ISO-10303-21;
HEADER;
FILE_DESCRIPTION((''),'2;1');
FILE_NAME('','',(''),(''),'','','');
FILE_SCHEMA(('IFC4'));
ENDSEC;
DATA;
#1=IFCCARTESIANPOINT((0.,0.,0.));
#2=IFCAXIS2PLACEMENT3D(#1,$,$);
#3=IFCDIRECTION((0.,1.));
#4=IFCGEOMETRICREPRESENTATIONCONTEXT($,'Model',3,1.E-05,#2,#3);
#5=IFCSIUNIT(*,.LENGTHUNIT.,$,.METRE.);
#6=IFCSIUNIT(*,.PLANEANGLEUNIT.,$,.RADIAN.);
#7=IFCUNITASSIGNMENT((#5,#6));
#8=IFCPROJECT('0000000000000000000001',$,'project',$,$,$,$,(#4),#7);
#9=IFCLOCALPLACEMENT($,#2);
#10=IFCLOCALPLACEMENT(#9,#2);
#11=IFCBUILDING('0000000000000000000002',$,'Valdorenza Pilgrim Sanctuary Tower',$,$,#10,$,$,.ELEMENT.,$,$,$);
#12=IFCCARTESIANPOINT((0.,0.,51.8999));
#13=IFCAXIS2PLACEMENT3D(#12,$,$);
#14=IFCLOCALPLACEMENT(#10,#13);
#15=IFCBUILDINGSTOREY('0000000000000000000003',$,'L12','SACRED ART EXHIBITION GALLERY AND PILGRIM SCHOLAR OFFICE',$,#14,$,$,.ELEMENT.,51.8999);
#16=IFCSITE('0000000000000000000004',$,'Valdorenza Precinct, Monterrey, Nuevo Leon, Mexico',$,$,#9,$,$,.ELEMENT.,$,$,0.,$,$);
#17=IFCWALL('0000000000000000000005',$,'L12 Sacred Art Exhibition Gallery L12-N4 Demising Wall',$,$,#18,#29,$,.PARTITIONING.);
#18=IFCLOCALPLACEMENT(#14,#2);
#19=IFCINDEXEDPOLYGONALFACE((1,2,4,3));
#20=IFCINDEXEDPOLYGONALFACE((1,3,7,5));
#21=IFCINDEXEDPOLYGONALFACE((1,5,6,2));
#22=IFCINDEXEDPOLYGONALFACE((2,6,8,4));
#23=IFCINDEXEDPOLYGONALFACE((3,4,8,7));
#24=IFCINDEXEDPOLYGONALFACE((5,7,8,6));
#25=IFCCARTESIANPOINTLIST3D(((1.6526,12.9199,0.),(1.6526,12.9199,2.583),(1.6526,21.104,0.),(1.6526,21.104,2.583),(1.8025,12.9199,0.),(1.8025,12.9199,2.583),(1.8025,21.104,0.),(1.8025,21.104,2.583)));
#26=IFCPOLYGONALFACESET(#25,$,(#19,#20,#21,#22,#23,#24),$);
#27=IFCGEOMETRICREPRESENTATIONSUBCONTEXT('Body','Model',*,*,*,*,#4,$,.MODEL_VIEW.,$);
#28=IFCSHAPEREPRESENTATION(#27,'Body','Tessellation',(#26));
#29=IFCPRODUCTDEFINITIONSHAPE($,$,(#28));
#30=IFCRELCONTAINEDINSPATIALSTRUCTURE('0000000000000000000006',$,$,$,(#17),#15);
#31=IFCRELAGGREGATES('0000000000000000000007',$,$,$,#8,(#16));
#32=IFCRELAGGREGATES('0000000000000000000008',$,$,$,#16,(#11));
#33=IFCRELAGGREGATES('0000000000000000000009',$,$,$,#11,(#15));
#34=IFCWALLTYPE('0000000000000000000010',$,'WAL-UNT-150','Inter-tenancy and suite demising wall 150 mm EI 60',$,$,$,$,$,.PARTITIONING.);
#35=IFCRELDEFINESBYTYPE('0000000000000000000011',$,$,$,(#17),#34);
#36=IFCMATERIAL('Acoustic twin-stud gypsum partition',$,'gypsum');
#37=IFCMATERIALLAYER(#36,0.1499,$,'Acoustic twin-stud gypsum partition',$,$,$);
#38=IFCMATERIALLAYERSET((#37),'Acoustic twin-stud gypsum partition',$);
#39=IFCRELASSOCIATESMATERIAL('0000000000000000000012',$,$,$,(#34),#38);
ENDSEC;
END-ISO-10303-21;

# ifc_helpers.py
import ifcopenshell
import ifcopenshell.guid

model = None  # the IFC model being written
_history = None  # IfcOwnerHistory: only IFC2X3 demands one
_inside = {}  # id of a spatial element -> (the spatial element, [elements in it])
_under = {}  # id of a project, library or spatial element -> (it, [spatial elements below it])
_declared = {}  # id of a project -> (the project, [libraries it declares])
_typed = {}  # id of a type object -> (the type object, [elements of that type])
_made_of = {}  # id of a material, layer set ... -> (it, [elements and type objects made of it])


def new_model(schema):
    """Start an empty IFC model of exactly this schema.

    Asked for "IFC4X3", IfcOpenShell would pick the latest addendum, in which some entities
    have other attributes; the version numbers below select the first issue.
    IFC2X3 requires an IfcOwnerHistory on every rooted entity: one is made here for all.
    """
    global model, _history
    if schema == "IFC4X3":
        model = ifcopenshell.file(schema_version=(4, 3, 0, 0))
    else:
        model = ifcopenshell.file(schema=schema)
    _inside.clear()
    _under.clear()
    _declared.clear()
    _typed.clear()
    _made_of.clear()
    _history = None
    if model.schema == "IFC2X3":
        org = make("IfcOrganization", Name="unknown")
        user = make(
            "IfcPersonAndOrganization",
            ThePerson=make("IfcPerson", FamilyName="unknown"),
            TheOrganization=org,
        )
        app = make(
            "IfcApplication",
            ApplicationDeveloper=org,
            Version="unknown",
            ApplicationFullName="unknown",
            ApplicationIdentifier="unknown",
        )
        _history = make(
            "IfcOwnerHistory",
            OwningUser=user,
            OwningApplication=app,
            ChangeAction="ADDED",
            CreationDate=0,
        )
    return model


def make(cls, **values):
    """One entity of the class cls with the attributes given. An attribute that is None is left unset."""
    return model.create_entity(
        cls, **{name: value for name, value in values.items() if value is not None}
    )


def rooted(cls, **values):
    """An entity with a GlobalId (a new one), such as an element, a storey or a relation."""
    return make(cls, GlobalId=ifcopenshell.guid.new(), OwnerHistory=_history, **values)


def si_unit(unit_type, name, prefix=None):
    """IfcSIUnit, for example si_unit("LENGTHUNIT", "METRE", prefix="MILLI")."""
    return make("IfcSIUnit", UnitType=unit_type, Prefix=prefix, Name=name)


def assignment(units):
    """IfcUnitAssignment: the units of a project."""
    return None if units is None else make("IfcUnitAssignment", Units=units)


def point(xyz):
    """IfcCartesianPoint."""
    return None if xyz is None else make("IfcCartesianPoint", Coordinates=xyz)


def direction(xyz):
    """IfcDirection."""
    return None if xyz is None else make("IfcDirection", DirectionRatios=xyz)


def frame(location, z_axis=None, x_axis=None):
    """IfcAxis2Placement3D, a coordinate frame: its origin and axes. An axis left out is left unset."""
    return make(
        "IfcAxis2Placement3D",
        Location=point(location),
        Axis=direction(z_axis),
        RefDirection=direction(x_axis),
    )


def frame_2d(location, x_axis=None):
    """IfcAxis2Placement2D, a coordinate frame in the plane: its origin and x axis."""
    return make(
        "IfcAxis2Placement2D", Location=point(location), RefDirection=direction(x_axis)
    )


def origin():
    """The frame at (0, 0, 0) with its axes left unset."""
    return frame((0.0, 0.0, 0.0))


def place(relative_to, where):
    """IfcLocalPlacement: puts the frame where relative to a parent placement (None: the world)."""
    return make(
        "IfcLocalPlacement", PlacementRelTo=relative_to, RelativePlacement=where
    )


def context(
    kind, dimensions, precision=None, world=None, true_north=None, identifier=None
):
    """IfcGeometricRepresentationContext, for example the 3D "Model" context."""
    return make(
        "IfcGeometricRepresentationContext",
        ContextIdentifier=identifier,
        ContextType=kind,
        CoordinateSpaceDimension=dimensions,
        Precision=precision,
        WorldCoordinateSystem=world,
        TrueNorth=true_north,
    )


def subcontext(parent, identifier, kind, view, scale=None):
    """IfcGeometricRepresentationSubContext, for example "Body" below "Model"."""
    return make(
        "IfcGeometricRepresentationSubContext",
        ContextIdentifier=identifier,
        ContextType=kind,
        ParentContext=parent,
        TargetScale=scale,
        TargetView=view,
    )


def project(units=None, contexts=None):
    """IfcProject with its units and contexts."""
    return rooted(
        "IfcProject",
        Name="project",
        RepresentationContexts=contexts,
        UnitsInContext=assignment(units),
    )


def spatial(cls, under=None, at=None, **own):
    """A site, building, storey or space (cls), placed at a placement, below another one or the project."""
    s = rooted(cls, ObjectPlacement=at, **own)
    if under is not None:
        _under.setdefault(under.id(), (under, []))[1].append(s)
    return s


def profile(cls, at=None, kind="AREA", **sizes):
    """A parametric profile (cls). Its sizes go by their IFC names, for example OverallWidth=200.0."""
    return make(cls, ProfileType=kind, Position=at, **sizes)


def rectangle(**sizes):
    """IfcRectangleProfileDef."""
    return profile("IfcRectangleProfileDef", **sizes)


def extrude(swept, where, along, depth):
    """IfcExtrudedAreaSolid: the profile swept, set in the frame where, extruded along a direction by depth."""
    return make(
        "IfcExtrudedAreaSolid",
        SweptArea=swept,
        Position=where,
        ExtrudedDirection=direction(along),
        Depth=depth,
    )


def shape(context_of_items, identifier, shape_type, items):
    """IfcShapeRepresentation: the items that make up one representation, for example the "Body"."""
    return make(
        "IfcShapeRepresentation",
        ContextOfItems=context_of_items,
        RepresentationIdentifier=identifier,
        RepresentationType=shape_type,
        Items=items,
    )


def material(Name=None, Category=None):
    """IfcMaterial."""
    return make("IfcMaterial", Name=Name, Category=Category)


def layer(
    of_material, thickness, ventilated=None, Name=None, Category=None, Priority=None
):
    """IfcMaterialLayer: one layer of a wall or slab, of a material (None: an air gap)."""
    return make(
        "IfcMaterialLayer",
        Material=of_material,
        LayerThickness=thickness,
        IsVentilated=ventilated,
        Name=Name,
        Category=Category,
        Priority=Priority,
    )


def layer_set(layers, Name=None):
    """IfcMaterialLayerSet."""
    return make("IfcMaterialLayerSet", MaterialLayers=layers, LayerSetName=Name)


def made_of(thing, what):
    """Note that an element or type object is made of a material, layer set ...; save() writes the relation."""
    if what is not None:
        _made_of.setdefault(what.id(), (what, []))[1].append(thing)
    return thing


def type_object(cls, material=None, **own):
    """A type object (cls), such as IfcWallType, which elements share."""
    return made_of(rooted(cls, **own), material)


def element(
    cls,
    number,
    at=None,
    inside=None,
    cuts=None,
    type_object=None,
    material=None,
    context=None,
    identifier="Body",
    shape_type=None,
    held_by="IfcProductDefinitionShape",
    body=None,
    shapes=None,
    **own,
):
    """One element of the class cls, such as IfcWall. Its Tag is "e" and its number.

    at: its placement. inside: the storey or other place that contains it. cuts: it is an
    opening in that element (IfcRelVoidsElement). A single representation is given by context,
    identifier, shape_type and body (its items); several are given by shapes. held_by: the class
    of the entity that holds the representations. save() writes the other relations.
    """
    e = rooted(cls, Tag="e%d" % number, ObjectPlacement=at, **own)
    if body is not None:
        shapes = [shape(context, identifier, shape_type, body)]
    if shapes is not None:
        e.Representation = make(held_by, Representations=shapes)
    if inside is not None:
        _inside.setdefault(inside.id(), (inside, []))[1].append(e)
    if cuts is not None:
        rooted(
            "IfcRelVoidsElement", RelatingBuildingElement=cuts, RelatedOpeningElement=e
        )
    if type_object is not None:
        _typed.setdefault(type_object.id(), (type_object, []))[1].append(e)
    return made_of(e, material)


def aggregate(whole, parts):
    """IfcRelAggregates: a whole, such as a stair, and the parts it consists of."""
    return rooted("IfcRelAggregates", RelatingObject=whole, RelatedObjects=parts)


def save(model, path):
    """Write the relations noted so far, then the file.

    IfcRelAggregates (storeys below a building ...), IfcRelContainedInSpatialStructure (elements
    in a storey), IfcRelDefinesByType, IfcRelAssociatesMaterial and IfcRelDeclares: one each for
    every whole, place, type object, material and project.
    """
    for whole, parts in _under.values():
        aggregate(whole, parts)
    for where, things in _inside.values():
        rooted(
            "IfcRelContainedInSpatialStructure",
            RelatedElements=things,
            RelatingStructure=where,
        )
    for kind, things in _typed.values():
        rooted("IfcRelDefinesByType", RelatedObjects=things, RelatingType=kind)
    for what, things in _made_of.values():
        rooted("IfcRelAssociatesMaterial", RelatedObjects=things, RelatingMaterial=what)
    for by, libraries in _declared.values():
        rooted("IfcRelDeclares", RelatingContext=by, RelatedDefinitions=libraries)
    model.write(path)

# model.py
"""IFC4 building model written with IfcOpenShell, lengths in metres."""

from ifc_helpers import new_model, si_unit, direction, frame, frame_2d, origin, place, context, subcontext, project, spatial, rectangle, extrude, material, layer, layer_set, type_object, element, save


model = new_model("IFC4")

# Units and contexts
model_context = context("Model", 3, precision=1e-05, world=origin(), true_north=direction((0.0, 1.0)))
body_context = subcontext(model_context, "Body", "Model", "MODEL_VIEW")
ifc_project = project(units=[si_unit("LENGTHUNIT", "METRE"), si_unit("PLANEANGLEUNIT", "RADIAN")], contexts=[model_context])

# Site, building, storey
site_placement = place(None, origin())
site = spatial("IfcSite", under=ifc_project, at=site_placement, Name="Valdorenza Precinct, Monterrey, Nuevo Leon, Mexico", CompositionType="ELEMENT", RefElevation=0.0)
building_placement = place(site_placement, origin())
building = spatial("IfcBuilding", under=site, at=building_placement, Name="Valdorenza Pilgrim Sanctuary Tower", CompositionType="ELEMENT")
storey_placement = place(building_placement, frame((0.0, 0.0, 51.8999)))
storey = spatial("IfcBuildingStorey", under=building, at=storey_placement, Name="L12", Description="SACRED ART EXHIBITION GALLERY AND PILGRIM SCHOLAR OFFICE", CompositionType="ELEMENT", Elevation=51.8999)

# Wall
ifc_material_1 = material(Name="Acoustic twin-stud gypsum partition", Category="gypsum")
ifc_layer_1 = layer(ifc_material_1, 0.1499, Name="Acoustic twin-stud gypsum partition")
ifc_layer_set_1 = layer_set([ifc_layer_1], Name="Acoustic twin-stud gypsum partition")
wall_type_1 = type_object("IfcWallType", Name="WAL-UNT-150", Description="Inter-tenancy and suite demising wall 150 mm EI 60", PredefinedType="PARTITIONING", material=ifc_layer_set_1)
wall_1_placement = place(storey_placement, frame((1.7275, 12.9199, 0.0), z_axis=(0.0, 0.0, 1.0), x_axis=(0.0, 1.0, 0.0)))
element("IfcWall", 1, at=wall_1_placement, inside=storey, type_object=wall_type_1, Name="L12 Sacred Art Exhibition Gallery L12-N4 Demising Wall", PredefinedType="PARTITIONING", context=body_context, shape_type="SweptSolid", body=[
    extrude(rectangle(XDim=8.1841, YDim=0.1499, at=frame_2d((4.092, 0.0))), origin(), (0.0, 0.0, 1.0), 2.583),
])

save(model, "model.ifc")
